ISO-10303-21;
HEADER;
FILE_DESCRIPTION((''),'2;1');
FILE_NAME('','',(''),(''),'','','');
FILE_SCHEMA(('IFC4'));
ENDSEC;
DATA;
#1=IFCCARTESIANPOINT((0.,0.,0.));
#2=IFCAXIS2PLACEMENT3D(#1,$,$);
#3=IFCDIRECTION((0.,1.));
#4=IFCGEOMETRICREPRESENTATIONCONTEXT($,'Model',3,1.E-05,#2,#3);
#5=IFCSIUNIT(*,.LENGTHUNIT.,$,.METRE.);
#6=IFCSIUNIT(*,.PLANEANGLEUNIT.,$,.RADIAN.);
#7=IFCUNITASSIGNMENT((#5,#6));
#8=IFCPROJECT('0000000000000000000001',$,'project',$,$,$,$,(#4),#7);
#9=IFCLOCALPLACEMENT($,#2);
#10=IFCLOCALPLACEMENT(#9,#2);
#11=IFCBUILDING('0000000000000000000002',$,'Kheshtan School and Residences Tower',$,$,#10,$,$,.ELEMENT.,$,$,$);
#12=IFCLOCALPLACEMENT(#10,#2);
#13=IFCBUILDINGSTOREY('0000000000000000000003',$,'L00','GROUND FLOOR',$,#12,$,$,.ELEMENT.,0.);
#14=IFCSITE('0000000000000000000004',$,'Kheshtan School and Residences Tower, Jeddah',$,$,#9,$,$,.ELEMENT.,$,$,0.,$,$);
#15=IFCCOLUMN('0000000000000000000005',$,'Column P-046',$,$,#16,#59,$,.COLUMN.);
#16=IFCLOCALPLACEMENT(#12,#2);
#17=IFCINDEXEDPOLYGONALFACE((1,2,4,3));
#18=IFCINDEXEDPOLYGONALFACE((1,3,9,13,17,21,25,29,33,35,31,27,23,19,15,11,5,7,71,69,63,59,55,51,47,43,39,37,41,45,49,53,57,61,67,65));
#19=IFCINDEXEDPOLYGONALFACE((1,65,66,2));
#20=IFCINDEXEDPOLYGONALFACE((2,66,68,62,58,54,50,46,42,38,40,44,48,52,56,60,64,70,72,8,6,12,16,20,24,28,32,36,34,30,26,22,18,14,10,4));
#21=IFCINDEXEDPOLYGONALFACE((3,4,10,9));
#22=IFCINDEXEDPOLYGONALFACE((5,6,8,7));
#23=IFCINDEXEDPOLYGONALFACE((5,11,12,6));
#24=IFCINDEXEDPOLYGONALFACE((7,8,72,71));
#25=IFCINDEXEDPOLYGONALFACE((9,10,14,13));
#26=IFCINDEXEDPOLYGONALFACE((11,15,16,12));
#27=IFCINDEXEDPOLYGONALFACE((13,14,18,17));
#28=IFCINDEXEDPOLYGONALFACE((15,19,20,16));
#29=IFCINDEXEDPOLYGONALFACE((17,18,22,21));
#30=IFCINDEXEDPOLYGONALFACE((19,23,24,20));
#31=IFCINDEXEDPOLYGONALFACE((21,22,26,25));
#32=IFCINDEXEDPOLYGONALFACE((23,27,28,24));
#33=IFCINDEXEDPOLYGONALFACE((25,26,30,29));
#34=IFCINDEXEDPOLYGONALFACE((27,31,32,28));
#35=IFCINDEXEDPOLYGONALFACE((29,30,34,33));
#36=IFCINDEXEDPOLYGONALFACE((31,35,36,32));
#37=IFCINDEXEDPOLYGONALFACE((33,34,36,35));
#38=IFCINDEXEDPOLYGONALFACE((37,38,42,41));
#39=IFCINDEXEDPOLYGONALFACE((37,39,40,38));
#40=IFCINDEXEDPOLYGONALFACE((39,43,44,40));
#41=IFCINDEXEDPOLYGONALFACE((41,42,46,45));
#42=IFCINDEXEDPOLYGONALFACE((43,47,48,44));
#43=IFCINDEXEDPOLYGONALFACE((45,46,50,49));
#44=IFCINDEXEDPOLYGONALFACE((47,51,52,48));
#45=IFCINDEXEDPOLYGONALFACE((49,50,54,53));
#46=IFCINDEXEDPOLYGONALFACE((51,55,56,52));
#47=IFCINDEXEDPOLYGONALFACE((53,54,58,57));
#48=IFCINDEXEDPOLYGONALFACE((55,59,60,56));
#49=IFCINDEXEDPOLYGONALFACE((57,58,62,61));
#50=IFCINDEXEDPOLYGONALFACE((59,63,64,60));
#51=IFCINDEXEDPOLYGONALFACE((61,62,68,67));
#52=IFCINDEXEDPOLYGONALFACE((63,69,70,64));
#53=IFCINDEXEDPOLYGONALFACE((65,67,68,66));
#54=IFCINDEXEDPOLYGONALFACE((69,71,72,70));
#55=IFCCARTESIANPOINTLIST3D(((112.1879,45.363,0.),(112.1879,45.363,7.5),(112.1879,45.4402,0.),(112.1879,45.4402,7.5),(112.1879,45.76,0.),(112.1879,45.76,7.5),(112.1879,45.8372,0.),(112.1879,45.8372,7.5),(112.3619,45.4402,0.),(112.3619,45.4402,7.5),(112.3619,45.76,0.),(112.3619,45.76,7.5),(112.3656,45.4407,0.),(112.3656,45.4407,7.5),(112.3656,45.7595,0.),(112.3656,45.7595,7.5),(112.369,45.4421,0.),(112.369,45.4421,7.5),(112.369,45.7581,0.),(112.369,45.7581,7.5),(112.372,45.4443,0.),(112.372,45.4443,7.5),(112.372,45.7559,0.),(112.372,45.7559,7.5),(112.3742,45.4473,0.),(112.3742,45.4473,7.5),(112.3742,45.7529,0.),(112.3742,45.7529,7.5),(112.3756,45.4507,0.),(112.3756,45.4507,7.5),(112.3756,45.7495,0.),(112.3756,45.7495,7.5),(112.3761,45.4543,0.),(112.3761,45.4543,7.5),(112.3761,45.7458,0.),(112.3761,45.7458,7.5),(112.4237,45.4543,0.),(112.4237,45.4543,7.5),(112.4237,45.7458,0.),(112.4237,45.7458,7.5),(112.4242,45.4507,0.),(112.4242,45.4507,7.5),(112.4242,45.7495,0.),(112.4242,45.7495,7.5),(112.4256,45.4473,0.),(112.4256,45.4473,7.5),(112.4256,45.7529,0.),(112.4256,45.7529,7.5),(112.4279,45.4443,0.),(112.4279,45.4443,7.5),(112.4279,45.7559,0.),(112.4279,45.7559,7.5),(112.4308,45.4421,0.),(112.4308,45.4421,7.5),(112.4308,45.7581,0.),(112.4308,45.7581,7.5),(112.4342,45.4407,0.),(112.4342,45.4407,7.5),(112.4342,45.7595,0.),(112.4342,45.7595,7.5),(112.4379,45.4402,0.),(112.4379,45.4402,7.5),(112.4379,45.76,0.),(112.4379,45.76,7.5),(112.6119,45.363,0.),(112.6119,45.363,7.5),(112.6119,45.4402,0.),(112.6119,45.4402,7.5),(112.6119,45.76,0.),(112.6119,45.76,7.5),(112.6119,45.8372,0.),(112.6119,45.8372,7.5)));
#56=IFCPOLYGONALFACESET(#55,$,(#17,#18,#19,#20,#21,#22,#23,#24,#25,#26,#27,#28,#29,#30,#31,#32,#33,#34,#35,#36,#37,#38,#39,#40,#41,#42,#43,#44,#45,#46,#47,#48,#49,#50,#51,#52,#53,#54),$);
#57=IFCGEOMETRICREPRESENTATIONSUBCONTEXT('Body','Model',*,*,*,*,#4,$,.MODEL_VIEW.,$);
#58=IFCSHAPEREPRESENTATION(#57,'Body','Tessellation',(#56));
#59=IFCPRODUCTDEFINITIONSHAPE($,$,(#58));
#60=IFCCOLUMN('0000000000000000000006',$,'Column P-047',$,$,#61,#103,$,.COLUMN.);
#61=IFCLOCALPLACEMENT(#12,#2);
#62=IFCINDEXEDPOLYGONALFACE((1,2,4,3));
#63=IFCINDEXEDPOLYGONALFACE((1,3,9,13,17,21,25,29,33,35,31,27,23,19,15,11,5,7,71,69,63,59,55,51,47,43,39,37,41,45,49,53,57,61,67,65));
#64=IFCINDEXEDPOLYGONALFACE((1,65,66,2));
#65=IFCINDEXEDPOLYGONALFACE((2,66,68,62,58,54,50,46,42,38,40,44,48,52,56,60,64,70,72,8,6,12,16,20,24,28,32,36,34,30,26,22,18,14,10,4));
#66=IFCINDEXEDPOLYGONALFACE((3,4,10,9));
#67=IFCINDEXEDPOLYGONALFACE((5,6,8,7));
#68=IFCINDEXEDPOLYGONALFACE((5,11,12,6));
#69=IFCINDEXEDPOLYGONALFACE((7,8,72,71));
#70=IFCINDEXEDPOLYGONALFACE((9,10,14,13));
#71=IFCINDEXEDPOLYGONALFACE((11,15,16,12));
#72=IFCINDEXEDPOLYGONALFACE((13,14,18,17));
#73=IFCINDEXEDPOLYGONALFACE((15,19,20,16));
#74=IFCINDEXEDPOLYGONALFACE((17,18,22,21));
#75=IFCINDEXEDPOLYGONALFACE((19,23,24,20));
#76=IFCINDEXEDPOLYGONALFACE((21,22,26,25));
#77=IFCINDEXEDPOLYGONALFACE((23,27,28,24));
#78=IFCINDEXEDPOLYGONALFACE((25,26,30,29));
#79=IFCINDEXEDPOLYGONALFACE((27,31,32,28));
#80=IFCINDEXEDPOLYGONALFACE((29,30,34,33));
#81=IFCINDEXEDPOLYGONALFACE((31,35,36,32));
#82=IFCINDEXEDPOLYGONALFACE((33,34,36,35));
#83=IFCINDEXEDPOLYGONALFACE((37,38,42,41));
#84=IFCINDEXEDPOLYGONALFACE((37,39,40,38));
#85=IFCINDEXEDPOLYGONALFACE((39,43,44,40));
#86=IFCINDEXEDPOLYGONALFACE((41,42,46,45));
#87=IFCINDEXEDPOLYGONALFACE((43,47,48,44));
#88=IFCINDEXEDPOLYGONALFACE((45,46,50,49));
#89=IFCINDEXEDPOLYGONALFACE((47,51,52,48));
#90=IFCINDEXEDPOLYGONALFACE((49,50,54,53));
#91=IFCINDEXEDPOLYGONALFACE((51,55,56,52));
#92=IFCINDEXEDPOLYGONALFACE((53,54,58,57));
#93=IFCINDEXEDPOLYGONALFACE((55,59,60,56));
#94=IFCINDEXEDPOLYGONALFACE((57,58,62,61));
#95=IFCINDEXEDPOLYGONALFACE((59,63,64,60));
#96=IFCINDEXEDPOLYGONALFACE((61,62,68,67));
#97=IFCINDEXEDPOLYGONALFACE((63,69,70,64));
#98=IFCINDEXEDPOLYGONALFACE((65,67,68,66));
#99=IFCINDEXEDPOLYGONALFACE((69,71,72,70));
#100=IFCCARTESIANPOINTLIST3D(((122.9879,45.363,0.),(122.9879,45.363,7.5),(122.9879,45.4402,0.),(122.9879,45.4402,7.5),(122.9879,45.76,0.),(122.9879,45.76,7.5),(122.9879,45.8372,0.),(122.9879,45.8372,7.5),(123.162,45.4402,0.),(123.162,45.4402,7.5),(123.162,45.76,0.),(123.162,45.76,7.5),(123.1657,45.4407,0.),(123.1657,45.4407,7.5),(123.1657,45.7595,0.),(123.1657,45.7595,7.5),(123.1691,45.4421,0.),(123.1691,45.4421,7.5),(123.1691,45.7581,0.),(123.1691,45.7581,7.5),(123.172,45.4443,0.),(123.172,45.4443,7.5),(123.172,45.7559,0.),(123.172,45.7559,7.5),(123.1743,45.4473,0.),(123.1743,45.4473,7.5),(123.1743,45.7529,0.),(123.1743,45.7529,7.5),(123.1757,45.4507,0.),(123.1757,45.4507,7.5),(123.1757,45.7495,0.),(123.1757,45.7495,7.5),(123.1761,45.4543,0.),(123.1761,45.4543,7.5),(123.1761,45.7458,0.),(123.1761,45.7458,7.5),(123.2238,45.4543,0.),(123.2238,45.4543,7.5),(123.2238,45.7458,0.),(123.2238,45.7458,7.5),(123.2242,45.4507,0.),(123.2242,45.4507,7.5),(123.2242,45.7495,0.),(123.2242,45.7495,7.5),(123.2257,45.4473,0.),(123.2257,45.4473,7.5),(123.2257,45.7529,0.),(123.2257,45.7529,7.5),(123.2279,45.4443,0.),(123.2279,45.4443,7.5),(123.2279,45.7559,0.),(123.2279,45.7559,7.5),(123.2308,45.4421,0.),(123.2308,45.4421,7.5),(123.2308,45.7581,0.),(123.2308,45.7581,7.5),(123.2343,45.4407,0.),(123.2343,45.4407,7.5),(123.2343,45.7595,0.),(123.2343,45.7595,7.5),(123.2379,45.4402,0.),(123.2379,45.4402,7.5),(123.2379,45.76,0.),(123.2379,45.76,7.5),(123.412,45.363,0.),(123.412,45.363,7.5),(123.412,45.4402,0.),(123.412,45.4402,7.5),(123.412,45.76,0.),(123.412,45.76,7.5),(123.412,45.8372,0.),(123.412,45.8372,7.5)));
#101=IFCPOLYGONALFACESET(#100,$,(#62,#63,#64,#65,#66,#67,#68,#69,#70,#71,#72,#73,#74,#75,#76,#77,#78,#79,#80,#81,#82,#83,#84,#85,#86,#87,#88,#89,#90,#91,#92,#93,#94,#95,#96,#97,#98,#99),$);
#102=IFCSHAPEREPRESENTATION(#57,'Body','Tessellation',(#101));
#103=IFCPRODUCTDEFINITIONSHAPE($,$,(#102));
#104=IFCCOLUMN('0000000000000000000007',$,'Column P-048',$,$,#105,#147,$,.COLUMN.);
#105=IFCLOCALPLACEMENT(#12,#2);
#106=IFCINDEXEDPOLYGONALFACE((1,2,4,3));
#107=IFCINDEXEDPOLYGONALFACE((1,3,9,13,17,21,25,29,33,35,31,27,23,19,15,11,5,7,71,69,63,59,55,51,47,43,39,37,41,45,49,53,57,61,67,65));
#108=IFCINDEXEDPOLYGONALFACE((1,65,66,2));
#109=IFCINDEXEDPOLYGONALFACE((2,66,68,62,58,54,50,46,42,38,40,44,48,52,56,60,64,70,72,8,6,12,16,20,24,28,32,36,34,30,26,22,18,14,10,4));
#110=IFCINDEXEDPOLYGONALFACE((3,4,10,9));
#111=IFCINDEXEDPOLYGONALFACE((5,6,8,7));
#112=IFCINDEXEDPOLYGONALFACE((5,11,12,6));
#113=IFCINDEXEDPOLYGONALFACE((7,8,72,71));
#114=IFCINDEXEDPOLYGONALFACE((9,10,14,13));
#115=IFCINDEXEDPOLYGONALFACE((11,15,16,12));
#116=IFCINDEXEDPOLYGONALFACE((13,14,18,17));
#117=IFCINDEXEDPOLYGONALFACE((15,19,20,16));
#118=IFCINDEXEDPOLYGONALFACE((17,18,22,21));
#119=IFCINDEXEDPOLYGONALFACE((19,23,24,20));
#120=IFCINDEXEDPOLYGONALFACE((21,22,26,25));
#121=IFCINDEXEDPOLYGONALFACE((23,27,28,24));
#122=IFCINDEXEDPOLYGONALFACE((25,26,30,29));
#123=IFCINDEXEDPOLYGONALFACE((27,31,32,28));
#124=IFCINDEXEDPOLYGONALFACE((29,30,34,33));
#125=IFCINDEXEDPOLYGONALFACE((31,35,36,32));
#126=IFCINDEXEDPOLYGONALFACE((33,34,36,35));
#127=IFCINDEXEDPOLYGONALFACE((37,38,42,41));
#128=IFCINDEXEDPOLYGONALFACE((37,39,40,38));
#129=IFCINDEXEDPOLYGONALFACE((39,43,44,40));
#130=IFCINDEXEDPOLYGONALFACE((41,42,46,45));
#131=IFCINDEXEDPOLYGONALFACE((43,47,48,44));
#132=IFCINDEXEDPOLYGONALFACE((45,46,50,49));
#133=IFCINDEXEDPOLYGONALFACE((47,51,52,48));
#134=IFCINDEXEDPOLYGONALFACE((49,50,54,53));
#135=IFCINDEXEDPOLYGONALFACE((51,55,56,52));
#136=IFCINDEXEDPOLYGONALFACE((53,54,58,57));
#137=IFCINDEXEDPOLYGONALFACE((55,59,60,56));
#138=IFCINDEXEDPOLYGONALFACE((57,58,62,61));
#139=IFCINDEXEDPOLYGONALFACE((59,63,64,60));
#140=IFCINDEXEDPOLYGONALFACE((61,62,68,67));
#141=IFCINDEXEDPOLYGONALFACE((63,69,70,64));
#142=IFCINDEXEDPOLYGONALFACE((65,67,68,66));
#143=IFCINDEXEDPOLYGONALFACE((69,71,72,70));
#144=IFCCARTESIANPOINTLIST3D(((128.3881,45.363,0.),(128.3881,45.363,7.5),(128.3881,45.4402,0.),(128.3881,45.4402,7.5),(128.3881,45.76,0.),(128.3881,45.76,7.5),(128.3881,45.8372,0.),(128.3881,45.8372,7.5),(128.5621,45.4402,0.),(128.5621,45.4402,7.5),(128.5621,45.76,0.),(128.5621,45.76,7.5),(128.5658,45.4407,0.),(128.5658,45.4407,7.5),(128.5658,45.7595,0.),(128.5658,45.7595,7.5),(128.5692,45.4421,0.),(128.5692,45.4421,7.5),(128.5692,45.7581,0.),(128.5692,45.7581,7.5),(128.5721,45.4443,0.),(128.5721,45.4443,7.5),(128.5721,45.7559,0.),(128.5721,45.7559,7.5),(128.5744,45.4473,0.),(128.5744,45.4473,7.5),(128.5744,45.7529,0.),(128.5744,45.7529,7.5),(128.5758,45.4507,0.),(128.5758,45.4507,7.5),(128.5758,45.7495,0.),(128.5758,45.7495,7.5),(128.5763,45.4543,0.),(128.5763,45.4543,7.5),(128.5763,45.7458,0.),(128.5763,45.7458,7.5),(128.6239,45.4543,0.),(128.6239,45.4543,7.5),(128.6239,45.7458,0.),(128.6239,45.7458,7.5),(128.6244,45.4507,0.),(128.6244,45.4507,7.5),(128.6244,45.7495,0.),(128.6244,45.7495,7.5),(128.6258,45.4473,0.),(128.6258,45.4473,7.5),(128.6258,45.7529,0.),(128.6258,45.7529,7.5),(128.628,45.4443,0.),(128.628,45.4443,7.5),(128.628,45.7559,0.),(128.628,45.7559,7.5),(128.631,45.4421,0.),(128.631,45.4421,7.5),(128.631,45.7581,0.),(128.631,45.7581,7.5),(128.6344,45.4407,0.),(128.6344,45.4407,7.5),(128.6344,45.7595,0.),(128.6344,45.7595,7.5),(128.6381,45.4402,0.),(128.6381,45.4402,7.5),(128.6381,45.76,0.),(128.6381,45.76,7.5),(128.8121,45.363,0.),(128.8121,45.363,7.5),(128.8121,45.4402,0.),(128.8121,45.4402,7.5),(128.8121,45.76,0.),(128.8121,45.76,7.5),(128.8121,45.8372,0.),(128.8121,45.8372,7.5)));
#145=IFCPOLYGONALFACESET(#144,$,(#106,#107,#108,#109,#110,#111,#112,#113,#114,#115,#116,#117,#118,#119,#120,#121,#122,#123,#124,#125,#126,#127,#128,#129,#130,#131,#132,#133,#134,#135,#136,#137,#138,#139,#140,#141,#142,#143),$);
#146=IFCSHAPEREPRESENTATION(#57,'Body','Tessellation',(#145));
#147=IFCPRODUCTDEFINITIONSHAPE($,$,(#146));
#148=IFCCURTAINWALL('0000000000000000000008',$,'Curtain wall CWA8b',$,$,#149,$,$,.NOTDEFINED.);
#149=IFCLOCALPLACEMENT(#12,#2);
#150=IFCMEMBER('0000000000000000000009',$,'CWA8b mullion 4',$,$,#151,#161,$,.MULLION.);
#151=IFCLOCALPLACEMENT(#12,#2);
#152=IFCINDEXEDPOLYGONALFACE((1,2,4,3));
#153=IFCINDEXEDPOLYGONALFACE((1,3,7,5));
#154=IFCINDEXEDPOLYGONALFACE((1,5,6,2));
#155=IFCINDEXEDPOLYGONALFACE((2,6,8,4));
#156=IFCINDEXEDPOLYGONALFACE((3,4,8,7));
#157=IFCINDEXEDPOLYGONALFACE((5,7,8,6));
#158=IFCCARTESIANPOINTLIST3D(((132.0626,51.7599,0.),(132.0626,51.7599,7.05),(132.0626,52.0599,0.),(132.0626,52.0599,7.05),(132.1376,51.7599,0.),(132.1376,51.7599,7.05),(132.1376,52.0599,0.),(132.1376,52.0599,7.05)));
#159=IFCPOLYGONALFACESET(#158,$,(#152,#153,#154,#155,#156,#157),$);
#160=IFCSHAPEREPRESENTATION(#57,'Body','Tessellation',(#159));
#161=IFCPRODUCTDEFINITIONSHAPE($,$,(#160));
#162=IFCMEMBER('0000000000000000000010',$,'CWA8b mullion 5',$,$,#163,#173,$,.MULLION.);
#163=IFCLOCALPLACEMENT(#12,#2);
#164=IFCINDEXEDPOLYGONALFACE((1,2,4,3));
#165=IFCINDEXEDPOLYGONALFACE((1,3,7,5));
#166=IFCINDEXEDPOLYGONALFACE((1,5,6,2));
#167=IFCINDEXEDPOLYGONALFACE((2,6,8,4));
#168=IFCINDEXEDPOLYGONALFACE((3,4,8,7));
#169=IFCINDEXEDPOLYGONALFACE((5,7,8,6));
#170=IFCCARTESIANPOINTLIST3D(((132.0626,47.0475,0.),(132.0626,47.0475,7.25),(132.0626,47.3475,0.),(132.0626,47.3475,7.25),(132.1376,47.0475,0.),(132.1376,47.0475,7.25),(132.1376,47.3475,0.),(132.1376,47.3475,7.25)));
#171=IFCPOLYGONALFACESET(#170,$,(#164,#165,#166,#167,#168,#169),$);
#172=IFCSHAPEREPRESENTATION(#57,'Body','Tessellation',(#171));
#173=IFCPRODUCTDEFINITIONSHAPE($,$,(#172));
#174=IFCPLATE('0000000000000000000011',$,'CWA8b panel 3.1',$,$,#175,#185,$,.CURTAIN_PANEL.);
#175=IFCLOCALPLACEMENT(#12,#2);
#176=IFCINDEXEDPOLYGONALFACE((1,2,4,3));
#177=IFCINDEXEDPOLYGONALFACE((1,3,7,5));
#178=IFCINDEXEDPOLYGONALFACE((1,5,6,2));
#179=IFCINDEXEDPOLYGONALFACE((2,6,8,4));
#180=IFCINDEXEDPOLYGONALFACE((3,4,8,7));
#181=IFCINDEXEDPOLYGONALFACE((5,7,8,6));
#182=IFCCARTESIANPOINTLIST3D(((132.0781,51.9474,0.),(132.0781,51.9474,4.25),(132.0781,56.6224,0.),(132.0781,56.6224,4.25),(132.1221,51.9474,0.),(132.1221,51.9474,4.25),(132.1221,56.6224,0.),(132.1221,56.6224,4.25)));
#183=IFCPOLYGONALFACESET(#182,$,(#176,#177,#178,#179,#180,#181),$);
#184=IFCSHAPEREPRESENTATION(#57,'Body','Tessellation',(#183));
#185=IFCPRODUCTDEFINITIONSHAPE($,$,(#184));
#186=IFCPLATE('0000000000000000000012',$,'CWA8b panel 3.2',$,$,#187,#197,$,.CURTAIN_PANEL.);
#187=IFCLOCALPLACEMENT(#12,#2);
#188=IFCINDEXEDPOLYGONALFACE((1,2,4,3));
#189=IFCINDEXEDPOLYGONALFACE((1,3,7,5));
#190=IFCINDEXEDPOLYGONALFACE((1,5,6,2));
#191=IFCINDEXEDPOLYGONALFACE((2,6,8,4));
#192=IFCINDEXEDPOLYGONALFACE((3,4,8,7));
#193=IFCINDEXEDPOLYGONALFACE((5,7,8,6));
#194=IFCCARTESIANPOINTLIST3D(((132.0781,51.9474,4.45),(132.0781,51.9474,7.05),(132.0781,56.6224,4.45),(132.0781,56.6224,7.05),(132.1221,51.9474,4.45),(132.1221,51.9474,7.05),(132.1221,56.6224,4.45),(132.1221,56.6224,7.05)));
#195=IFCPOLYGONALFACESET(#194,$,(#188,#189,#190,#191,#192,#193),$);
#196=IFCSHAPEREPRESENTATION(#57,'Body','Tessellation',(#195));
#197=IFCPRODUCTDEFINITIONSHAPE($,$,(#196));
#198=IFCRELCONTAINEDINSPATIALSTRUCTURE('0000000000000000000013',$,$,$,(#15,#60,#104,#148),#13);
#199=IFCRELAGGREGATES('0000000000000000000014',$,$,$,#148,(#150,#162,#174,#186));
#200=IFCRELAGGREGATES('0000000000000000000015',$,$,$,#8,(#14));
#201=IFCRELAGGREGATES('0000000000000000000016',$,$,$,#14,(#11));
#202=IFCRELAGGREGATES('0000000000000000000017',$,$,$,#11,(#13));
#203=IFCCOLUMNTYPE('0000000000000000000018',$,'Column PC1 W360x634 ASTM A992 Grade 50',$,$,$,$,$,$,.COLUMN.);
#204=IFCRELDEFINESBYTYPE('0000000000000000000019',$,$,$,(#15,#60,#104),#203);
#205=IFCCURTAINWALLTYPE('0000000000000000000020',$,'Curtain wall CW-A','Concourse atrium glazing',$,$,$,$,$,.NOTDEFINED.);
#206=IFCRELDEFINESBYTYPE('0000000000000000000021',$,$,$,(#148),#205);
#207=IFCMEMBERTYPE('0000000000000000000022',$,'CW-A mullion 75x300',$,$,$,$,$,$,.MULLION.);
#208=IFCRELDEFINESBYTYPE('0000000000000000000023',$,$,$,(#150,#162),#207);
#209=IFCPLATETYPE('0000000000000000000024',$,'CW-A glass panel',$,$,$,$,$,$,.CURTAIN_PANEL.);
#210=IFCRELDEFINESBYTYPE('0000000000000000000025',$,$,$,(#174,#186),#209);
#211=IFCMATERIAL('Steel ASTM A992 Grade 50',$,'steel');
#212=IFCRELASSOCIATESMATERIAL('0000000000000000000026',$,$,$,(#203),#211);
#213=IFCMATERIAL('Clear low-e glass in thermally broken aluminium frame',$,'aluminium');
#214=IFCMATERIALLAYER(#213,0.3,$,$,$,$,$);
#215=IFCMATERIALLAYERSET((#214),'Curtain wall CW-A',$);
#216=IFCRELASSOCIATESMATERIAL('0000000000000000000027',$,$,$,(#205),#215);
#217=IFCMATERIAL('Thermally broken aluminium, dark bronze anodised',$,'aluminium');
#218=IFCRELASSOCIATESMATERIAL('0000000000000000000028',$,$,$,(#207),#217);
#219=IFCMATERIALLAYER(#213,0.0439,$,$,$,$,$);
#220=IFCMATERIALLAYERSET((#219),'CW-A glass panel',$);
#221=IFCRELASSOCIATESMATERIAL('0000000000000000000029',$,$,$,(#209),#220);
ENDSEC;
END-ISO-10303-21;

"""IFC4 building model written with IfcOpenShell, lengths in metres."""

from ifc_helpers import new_model, si_unit, direction, frame, origin, origin_2d, place, context, subcontext, project, spatial, rectangle, i_section, extrude, material, layer, layer_set, material_profile, profile_set, type_object, element, aggregate, save


model = new_model("IFC4")

# Units and contexts
model_context = context("Model", 3, precision=1e-05, world=origin(), true_north=direction((0.0, 1.0)))
body_context = subcontext(model_context, "Body", "Model", "MODEL_VIEW")
ifc_project = project(units=[si_unit("LENGTHUNIT", "METRE"), si_unit("PLANEANGLEUNIT", "RADIAN")], contexts=[model_context])

# Site, building, storey
site_placement = place(None, origin())
site = spatial("IfcSite", under=ifc_project, at=site_placement, Name="Kheshtan School and Residences Tower, Jeddah", CompositionType="ELEMENT", RefElevation=0.0)
building_placement = place(site_placement, origin())
building = spatial("IfcBuilding", under=site, at=building_placement, Name="Kheshtan School and Residences Tower", CompositionType="ELEMENT")
storey_placement = place(building_placement, origin())
storey = spatial("IfcBuildingStorey", under=building, at=storey_placement, Name="L00", Description="GROUND FLOOR", CompositionType="ELEMENT", Elevation=0.0)

# Columns
ifc_material_1 = material(Name="Steel ASTM A992 Grade 50", Category="steel")
ifc_material_profile_1 = material_profile(ifc_material_1, i_section(OverallWidth=0.4241, OverallDepth=0.4741, WebThickness=0.0476, FlangeThickness=0.0771, FilletRadius=0.0142, at=origin_2d()), Name="W360x634")
ifc_profile_set_1 = profile_set([ifc_material_profile_1], Name="Steel ASTM A992 Grade 50")
column_type = type_object("IfcColumnType", Name="Column PC1 W360x634 ASTM A992 Grade 50", PredefinedType="COLUMN", material=ifc_profile_set_1)
for number, where, z_axis, x_axis, name in (
    (1, (112.3999, 45.6001, 0.0), (0.0, 0.0, 1.0), (1.0, 0.0, 0.0), "Column P-046"),
    (2, (123.2, 45.6001, 0.0), (0.0, 0.0, 1.0), (1.0, 0.0, 0.0), "Column P-047"),
    (3, (128.6001, 45.6001, 0.0), (0.0, 0.0, 1.0), (1.0, 0.0, 0.0), "Column P-048"),
):
    element("IfcColumn", number, at=place(storey_placement, frame(where, z_axis=z_axis, x_axis=x_axis)), inside=storey, type_object=column_type, Name=name, PredefinedType="COLUMN", context=body_context, shape_type="SweptSolid", body=[
        extrude(i_section(OverallWidth=0.4241, OverallDepth=0.4741, WebThickness=0.0476, FlangeThickness=0.0771, FilletRadius=0.0142, at=origin_2d()), origin(), (0.0, 0.0, 1.0), 7.5),
    ])

# Curtain wall, members, plates
ifc_material_2 = material(Name="Clear low-e glass in thermally broken aluminium frame", Category="aluminium")
ifc_layer_1 = layer(ifc_material_2, 0.3)
ifc_layer_set_1 = layer_set([ifc_layer_1], Name="Curtain wall CW-A")
curtain_wall_type = type_object("IfcCurtainWallType", Name="Curtain wall CW-A", Description="Concourse atrium glazing", PredefinedType="NOTDEFINED", material=ifc_layer_set_1)
curtain_wall_placement = place(storey_placement, origin())
curtain_wall = element("IfcCurtainWall", 4, at=curtain_wall_placement, inside=storey, type_object=curtain_wall_type, Name="Curtain wall CWA8b", PredefinedType="NOTDEFINED")
ifc_material_3 = material(Name="Thermally broken aluminium, dark bronze anodised", Category="aluminium")
ifc_material_profile_2 = material_profile(ifc_material_3, rectangle(XDim=0.075, YDim=0.3, at=origin_2d()), Name="CW-A mullion 75x300")
ifc_profile_set_2 = profile_set([ifc_material_profile_2], Name="Thermally broken aluminium, dark bronze anodised")
member_type = type_object("IfcMemberType", Name="CW-A mullion 75x300", PredefinedType="MULLION", material=ifc_profile_set_2)
member_1_placement = place(storey_placement, frame((132.1001, 51.9099, 0.0), z_axis=(0.0, 0.0, 1.0), x_axis=(1.0, 0.0, 0.0)))
member_1 = element("IfcMember", 5, at=member_1_placement, type_object=member_type, Name="CWA8b mullion 4", PredefinedType="MULLION", context=body_context, shape_type="SweptSolid", body=[
    extrude(rectangle(XDim=0.075, YDim=0.3, at=origin_2d()), origin(), (0.0, 0.0, 1.0), 7.05),
])
member_2_placement = place(storey_placement, frame((132.1001, 47.1975, 0.0), z_axis=(0.0, 0.0, 1.0), x_axis=(1.0, 0.0, 0.0)))
member_2 = element("IfcMember", 6, at=member_2_placement, type_object=member_type, Name="CWA8b mullion 5", PredefinedType="MULLION", context=body_context, shape_type="SweptSolid", body=[
    extrude(rectangle(XDim=0.075, YDim=0.3, at=origin_2d()), origin(), (0.0, 0.0, 1.0), 7.25),
])
ifc_layer_2 = layer(ifc_material_2, 0.0439)
ifc_layer_set_2 = layer_set([ifc_layer_2], Name="CW-A glass panel")
plate_type = type_object("IfcPlateType", Name="CW-A glass panel", PredefinedType="CURTAIN_PANEL", material=ifc_layer_set_2)
plate_1_placement = place(storey_placement, frame((132.1001, 54.2849, 0.0), z_axis=(0.0, 0.0, 1.0), x_axis=(0.0, -1.0, 0.0)))
plate_1 = element("IfcPlate", 7, at=plate_1_placement, type_object=plate_type, Name="CWA8b panel 3.1", PredefinedType="CURTAIN_PANEL", context=body_context, shape_type="SweptSolid", body=[
    extrude(rectangle(XDim=4.675, YDim=0.0439, at=origin_2d()), origin(), (0.0, 0.0, 1.0), 4.25),
])
plate_2_placement = place(storey_placement, frame((132.1001, 54.2849, 4.45), z_axis=(0.0, 0.0, 1.0), x_axis=(0.0, -1.0, 0.0)))
plate_2 = element("IfcPlate", 8, at=plate_2_placement, type_object=plate_type, Name="CWA8b panel 3.2", PredefinedType="CURTAIN_PANEL", context=body_context, shape_type="SweptSolid", body=[
    extrude(rectangle(XDim=4.675, YDim=0.0439, at=origin_2d()), origin(), (0.0, 0.0, 1.0), 2.6001),
])
aggregate(curtain_wall, [member_1, member_2, plate_1, plate_2])

save(model, "model.ifc")
